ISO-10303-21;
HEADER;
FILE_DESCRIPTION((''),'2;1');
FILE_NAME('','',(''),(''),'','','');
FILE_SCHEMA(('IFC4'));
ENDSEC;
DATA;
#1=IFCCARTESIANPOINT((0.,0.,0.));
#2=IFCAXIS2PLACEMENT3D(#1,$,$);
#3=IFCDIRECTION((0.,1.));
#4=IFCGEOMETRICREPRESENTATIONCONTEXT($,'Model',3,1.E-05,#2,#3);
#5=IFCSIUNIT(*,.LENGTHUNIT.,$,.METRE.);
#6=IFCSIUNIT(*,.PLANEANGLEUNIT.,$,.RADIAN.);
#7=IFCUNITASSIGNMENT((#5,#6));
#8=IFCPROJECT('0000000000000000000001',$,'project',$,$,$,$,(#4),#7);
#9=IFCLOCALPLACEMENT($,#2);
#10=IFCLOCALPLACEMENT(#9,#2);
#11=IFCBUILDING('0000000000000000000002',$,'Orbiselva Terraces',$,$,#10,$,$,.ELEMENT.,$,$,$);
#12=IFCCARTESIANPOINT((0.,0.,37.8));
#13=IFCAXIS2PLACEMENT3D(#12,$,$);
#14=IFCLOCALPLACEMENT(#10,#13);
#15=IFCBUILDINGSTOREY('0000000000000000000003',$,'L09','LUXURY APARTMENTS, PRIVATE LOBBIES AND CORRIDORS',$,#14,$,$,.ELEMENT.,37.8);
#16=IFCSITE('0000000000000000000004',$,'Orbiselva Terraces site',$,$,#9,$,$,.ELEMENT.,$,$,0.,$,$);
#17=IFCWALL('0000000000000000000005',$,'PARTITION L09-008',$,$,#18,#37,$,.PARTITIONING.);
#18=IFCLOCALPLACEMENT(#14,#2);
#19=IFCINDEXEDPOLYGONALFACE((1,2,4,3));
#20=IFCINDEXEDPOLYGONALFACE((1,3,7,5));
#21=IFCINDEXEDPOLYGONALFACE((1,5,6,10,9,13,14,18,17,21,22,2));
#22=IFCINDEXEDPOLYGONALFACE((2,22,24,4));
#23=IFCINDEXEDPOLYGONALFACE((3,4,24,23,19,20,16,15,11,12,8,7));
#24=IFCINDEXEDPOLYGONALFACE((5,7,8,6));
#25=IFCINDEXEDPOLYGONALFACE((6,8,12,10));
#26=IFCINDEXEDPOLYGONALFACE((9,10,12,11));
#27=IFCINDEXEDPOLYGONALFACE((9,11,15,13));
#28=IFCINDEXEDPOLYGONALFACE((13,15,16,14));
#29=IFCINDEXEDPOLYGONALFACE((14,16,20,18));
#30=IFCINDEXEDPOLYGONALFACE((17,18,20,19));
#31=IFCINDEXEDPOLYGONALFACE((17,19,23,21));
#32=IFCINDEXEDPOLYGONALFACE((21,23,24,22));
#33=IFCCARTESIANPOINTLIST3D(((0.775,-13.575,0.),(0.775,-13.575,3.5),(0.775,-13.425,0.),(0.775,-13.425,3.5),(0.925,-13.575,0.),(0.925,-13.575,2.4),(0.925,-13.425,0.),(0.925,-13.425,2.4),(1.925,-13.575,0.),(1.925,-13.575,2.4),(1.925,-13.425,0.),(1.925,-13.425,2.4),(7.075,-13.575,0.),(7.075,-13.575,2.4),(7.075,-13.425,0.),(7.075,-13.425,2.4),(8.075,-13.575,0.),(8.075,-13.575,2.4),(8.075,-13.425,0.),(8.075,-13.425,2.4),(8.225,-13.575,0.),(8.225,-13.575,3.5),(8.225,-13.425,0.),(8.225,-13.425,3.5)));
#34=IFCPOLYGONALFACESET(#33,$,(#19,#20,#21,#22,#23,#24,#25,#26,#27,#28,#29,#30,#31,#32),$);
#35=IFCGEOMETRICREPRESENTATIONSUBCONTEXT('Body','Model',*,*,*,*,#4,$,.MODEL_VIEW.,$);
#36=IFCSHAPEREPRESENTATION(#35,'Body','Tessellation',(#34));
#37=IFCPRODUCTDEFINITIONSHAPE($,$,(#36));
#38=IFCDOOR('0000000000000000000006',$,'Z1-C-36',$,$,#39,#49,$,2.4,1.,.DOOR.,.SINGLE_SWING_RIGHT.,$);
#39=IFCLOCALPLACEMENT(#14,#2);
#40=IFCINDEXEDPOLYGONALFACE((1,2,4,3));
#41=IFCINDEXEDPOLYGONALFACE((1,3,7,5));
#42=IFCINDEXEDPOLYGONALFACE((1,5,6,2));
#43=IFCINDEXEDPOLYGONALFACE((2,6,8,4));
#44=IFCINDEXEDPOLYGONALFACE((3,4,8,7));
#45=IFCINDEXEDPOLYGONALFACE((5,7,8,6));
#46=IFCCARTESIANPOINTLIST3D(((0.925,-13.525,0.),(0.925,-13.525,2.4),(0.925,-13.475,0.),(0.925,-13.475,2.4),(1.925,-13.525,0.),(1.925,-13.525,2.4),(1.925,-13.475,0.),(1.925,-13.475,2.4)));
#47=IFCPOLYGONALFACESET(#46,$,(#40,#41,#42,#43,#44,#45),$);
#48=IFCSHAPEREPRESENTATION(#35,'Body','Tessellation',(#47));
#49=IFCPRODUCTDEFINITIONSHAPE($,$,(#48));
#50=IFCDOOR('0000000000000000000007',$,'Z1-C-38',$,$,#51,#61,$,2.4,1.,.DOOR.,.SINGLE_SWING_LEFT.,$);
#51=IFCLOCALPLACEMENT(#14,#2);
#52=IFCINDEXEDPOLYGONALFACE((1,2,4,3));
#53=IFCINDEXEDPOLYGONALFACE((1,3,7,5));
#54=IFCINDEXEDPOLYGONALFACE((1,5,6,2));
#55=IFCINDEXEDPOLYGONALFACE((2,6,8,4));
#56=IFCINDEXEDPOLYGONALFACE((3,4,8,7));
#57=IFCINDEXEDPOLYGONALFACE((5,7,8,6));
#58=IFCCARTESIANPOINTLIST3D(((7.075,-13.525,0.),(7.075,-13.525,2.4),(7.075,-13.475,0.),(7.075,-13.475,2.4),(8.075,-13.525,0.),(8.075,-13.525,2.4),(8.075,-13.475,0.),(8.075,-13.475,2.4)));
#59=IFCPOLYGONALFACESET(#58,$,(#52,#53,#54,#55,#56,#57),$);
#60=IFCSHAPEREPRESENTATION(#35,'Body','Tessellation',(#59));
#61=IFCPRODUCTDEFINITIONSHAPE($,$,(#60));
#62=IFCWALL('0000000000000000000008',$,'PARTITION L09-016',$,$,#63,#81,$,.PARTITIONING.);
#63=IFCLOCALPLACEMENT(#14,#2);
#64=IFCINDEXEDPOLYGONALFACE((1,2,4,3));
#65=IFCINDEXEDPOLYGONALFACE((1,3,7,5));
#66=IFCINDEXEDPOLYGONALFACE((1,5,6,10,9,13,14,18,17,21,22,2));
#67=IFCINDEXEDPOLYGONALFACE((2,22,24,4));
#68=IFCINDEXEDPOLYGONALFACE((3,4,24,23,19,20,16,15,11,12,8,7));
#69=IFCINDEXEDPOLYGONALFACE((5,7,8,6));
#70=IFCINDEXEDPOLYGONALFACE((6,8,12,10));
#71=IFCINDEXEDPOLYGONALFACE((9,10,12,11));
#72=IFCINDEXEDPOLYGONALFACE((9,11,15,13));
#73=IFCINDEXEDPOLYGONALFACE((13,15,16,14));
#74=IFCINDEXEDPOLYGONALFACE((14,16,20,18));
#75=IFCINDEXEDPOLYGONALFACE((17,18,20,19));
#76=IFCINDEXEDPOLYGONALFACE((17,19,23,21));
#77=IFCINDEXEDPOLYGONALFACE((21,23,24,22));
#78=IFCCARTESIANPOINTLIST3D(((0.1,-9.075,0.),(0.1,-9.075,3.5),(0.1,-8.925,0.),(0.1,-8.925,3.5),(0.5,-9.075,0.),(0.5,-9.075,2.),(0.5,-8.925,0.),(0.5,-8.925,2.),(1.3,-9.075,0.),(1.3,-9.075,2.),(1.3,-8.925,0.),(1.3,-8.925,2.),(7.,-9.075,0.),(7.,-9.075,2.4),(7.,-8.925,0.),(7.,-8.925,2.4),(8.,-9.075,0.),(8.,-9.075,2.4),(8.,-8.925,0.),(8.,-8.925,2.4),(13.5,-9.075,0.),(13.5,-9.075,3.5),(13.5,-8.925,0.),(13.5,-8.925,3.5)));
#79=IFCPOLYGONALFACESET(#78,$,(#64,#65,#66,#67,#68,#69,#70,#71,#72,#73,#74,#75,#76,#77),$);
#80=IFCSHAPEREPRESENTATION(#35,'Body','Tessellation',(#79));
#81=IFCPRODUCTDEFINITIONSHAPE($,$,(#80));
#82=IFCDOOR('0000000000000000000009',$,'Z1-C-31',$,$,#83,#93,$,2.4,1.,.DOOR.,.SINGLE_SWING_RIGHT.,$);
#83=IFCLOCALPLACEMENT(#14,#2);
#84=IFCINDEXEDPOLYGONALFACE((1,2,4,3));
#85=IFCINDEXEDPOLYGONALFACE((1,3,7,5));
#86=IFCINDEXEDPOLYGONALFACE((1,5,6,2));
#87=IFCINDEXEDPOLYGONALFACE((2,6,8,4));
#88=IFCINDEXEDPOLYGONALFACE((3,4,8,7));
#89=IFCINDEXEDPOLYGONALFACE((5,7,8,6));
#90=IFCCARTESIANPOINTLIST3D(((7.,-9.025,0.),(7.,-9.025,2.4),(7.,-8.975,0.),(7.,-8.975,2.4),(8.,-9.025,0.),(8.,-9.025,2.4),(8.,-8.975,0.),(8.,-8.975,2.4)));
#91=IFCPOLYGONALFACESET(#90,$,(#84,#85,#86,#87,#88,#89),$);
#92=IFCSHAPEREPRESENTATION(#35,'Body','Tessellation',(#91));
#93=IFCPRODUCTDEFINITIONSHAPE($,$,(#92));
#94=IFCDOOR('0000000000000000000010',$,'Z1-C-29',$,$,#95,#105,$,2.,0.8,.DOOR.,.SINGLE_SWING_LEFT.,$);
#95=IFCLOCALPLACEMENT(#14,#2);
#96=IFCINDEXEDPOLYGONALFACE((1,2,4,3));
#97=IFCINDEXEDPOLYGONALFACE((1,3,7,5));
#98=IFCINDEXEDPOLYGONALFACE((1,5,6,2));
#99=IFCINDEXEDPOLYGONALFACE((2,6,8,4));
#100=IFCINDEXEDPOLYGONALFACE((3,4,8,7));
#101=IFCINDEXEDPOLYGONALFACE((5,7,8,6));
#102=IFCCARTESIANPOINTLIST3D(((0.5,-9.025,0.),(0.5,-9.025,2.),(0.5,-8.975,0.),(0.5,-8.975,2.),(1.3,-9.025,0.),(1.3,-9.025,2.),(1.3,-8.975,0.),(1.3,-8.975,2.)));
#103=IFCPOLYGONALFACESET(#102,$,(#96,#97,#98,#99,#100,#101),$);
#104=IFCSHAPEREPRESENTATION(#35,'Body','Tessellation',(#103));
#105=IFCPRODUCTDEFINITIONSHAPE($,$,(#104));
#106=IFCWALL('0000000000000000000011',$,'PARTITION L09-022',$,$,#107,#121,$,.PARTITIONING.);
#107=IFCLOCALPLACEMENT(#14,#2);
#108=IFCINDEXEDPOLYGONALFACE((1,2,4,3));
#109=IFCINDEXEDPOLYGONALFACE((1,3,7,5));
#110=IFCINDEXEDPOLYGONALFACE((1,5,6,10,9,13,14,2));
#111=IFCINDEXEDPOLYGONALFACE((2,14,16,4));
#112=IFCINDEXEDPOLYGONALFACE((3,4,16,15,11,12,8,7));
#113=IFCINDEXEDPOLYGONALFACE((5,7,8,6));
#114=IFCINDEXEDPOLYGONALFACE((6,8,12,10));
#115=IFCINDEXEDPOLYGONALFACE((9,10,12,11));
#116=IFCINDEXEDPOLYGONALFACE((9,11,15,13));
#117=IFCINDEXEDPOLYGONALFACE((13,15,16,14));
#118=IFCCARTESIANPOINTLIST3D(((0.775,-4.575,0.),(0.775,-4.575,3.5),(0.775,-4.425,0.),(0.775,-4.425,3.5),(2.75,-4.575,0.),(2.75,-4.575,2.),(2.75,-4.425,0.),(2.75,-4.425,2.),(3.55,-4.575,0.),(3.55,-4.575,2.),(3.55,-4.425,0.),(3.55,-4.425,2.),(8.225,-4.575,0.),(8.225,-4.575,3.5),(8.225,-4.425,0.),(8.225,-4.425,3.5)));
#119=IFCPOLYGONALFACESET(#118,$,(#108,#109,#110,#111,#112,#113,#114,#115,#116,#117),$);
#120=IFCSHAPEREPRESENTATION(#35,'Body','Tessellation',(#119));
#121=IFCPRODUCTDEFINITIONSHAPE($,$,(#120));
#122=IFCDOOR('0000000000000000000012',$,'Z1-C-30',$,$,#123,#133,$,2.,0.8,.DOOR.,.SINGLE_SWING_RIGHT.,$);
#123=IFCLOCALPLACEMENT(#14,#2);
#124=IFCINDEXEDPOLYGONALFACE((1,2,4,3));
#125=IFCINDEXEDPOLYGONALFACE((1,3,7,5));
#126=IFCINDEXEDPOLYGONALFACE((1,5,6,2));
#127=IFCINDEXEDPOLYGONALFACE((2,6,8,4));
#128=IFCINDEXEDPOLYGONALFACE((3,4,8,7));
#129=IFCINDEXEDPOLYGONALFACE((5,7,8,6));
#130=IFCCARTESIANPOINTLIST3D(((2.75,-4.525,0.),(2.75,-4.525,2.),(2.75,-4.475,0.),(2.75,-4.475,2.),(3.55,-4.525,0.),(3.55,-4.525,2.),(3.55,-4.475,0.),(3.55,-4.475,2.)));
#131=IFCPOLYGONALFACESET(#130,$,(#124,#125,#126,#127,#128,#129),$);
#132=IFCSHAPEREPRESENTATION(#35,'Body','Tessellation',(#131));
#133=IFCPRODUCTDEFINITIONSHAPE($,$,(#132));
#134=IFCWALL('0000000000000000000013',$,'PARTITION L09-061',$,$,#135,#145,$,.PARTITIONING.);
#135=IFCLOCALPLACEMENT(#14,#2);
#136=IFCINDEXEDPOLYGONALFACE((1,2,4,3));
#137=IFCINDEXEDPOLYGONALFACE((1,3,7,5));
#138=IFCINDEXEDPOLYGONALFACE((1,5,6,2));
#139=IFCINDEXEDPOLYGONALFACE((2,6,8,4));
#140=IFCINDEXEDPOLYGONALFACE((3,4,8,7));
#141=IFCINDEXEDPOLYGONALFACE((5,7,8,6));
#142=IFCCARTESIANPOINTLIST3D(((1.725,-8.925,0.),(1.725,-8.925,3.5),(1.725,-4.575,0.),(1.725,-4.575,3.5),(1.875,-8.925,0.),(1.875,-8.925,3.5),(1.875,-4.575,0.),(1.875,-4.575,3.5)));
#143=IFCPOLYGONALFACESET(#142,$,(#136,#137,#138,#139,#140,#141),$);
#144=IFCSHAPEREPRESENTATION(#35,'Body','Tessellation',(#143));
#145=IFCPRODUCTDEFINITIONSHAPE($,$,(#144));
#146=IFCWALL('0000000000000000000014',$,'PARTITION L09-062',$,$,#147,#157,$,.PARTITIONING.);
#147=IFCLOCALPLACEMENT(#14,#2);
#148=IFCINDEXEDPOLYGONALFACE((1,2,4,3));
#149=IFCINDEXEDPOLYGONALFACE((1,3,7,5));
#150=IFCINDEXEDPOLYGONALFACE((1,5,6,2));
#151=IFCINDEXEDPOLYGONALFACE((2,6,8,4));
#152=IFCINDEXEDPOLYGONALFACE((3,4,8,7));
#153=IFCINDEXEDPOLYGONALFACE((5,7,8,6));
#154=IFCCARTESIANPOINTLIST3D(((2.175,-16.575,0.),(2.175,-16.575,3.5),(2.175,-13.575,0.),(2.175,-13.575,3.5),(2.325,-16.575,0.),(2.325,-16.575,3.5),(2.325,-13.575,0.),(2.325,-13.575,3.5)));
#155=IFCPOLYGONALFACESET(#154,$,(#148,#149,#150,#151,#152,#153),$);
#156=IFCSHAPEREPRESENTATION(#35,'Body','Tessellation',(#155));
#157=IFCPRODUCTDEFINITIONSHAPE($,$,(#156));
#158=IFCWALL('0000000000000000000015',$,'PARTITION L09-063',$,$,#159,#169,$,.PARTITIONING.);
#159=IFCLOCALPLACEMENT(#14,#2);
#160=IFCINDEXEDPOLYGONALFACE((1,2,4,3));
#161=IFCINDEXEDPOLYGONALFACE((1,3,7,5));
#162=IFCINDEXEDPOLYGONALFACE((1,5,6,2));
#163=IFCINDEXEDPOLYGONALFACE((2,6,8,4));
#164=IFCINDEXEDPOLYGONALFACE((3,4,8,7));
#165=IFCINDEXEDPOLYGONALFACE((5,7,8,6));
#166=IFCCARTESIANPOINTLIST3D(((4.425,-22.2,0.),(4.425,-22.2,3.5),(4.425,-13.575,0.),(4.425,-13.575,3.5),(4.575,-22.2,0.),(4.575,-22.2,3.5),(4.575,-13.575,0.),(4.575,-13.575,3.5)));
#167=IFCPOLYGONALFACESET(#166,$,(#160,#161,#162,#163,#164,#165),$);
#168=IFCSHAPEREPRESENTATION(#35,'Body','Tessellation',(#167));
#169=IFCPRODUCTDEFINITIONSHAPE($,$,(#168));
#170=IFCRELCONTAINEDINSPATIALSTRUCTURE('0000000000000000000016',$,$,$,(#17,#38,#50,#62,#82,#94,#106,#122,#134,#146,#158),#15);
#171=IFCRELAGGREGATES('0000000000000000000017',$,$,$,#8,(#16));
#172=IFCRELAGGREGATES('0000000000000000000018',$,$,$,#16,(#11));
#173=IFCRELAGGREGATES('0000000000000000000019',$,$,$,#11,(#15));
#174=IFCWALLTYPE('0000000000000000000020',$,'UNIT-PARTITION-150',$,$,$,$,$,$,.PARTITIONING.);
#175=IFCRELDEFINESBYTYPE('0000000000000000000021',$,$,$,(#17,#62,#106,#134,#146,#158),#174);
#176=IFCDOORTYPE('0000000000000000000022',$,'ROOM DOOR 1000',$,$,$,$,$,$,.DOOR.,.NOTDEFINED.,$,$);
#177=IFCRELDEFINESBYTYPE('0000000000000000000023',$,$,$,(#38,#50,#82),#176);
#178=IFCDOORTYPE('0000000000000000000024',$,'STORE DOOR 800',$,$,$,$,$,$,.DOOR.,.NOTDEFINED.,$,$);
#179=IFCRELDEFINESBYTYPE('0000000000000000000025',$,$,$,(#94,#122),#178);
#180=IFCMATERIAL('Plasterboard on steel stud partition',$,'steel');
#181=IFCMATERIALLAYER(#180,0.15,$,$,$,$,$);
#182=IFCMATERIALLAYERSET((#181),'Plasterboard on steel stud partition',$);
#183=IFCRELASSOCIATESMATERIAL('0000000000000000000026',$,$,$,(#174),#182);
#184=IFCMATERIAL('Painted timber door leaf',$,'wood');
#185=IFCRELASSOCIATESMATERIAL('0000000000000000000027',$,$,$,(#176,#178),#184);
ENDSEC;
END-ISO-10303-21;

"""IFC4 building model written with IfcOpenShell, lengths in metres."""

from ifc_helpers import new_model, si_unit, direction, frame, frame_2d, origin, place, context, subcontext, project, spatial, rectangle, extrude, material, layer, layer_set, type_object, element, fill, save


model = new_model("IFC4")

# Units and contexts
model_context = context("Model", 3, precision=1e-05, world=origin(), true_north=direction((0.0, 1.0)))
body_context = subcontext(model_context, "Body", "Model", "MODEL_VIEW")
ifc_project = project(units=[si_unit("LENGTHUNIT", "METRE"), si_unit("PLANEANGLEUNIT", "RADIAN")], contexts=[model_context])

# Site, building, storey
site_placement = place(None, origin())
site = spatial("IfcSite", under=ifc_project, at=site_placement, Name="Orbiselva Terraces site", CompositionType="ELEMENT", RefElevation=0.0)
building_placement = place(site_placement, origin())
building = spatial("IfcBuilding", under=site, at=building_placement, Name="Orbiselva Terraces", CompositionType="ELEMENT")
storey_placement = place(building_placement, frame((0.0, 0.0, 37.8)))
storey = spatial("IfcBuildingStorey", under=building, at=storey_placement, Name="L09", Description="LUXURY APARTMENTS, PRIVATE LOBBIES AND CORRIDORS", CompositionType="ELEMENT", Elevation=37.8)

# Shared definitions
ifc_material_1 = material(Name="Plasterboard on steel stud partition", Category="steel")

# Shared definitions
ifc_layer_1 = layer(ifc_material_1, 0.15)
ifc_layer_set_1 = layer_set([ifc_layer_1], Name="Plasterboard on steel stud partition")
wall_type_1 = type_object("IfcWallType", Name="UNIT-PARTITION-150", PredefinedType="PARTITIONING", material=ifc_layer_set_1)
ifc_material_2 = material(Name="Painted timber door leaf", Category="wood")

# Walls, openings, doors
wall_1_placement = place(storey_placement, frame((8.225, -13.5, 0.0), z_axis=(0.0, 0.0, 1.0), x_axis=(-1.0, 0.0, 0.0)))
wall_1 = element("IfcWall", 1, at=wall_1_placement, inside=storey, type_object=wall_type_1, Name="PARTITION L09-008", PredefinedType="PARTITIONING", context=body_context, shape_type="SweptSolid", body=[
    extrude(rectangle(XDim=7.45, YDim=0.15, at=frame_2d((3.725, 0.0))), origin(), (0.0, 0.0, 1.0), 3.5),
])
opening_1_placement = place(wall_1_placement, frame((6.3, 0.0, 0.0)))
opening_1 = element("IfcOpeningElement", 2, at=opening_1_placement, cuts=wall_1, PredefinedType="OPENING", context=body_context, shape_type="SweptSolid", body=[
    extrude(rectangle(XDim=1.0, YDim=2.4, at=frame_2d((0.5, 1.2))), frame((0.0, 0.085, 0.0), z_axis=(0.0, -1.0, 0.0), x_axis=(1.0, 0.0, 0.0)), (0.0, 0.0, 1.0), 0.17),
])
opening_2_placement = place(wall_1_placement, frame((0.15, 0.0, 0.0)))
opening_2 = element("IfcOpeningElement", 3, at=opening_2_placement, cuts=wall_1, PredefinedType="OPENING", context=body_context, shape_type="SweptSolid", body=[
    extrude(rectangle(XDim=1.0, YDim=2.4, at=frame_2d((0.5, 1.2))), frame((0.0, 0.085, 0.0), z_axis=(0.0, -1.0, 0.0), x_axis=(1.0, 0.0, 0.0)), (0.0, 0.0, 1.0), 0.17),
])
door_type_1 = type_object("IfcDoorType", Name="ROOM DOOR 1000", OperationType="NOTDEFINED", PredefinedType="DOOR", material=ifc_material_2)
door_1_placement = place(opening_1_placement, origin())
door_1 = element("IfcDoor", 4, at=door_1_placement, inside=storey, type_object=door_type_1, Name="Z1-C-36", OperationType="SINGLE_SWING_RIGHT", OverallHeight=2.4, OverallWidth=1.0, PredefinedType="DOOR", context=body_context, shape_type="SweptSolid", body=[
    extrude(rectangle(XDim=1.0, YDim=2.4, at=frame_2d((0.5, 1.2))), frame((0.0, 0.025, 0.0), z_axis=(0.0, -1.0, 0.0), x_axis=(1.0, 0.0, 0.0)), (0.0, 0.0, 1.0), 0.05),
])
fill(opening_1, door_1)
door_2_placement = place(opening_2_placement, origin())
door_2 = element("IfcDoor", 5, at=door_2_placement, inside=storey, type_object=door_type_1, Name="Z1-C-38", OperationType="SINGLE_SWING_LEFT", OverallHeight=2.4, OverallWidth=1.0, PredefinedType="DOOR", context=body_context, shape_type="SweptSolid", body=[
    extrude(rectangle(XDim=1.0, YDim=2.4, at=frame_2d((0.5, 1.2))), frame((0.0, 0.025, 0.0), z_axis=(0.0, -1.0, 0.0), x_axis=(1.0, 0.0, 0.0)), (0.0, 0.0, 1.0), 0.05),
])
fill(opening_2, door_2)
wall_2_placement = place(storey_placement, frame((0.1, -9.0, 0.0), z_axis=(0.0, 0.0, 1.0), x_axis=(1.0, 0.0, 0.0)))
wall_2 = element("IfcWall", 6, at=wall_2_placement, inside=storey, type_object=wall_type_1, Name="PARTITION L09-016", PredefinedType="PARTITIONING", context=body_context, shape_type="SweptSolid", body=[
    extrude(rectangle(XDim=13.4, YDim=0.15, at=frame_2d((6.7, 0.0))), origin(), (0.0, 0.0, 1.0), 3.5),
])
opening_3_placement = place(wall_2_placement, frame((0.4, 0.0, 0.0)))
opening_3 = element("IfcOpeningElement", 7, at=opening_3_placement, cuts=wall_2, PredefinedType="OPENING", context=body_context, shape_type="SweptSolid", body=[
    extrude(rectangle(XDim=0.8, YDim=2.0, at=frame_2d((0.4, 1.0))), frame((0.0, 0.085, 0.0), z_axis=(0.0, -1.0, 0.0), x_axis=(1.0, 0.0, 0.0)), (0.0, 0.0, 1.0), 0.17),
])
opening_4_placement = place(wall_2_placement, frame((6.9, 0.0, 0.0)))
opening_4 = element("IfcOpeningElement", 8, at=opening_4_placement, cuts=wall_2, PredefinedType="OPENING", context=body_context, shape_type="SweptSolid", body=[
    extrude(rectangle(XDim=1.0, YDim=2.4, at=frame_2d((0.5, 1.2))), frame((0.0, 0.085, 0.0), z_axis=(0.0, -1.0, 0.0), x_axis=(1.0, 0.0, 0.0)), (0.0, 0.0, 1.0), 0.17),
])
door_3_placement = place(opening_4_placement, origin())
door_3 = element("IfcDoor", 9, at=door_3_placement, inside=storey, type_object=door_type_1, Name="Z1-C-31", OperationType="SINGLE_SWING_RIGHT", OverallHeight=2.4, OverallWidth=1.0, PredefinedType="DOOR", context=body_context, shape_type="SweptSolid", body=[
    extrude(rectangle(XDim=1.0, YDim=2.4, at=frame_2d((0.5, 1.2))), frame((0.0, 0.025, 0.0), z_axis=(0.0, -1.0, 0.0), x_axis=(1.0, 0.0, 0.0)), (0.0, 0.0, 1.0), 0.05),
])
fill(opening_4, door_3)
door_type_2 = type_object("IfcDoorType", Name="STORE DOOR 800", OperationType="NOTDEFINED", PredefinedType="DOOR", material=ifc_material_2)
door_4_placement = place(opening_3_placement, origin())
door_4 = element("IfcDoor", 10, at=door_4_placement, inside=storey, type_object=door_type_2, Name="Z1-C-29", OperationType="SINGLE_SWING_LEFT", OverallHeight=2.0, OverallWidth=0.8, PredefinedType="DOOR", context=body_context, shape_type="SweptSolid", body=[
    extrude(rectangle(XDim=0.8, YDim=2.0, at=frame_2d((0.4, 1.0))), frame((0.0, 0.025, 0.0), z_axis=(0.0, -1.0, 0.0), x_axis=(1.0, 0.0, 0.0)), (0.0, 0.0, 1.0), 0.05),
])
fill(opening_3, door_4)

# Wall, opening, door
wall_3_placement = place(storey_placement, frame((8.225, -4.5, 0.0), z_axis=(0.0, 0.0, 1.0), x_axis=(-1.0, 0.0, 0.0)))
wall_3 = element("IfcWall", 11, at=wall_3_placement, inside=storey, type_object=wall_type_1, Name="PARTITION L09-022", PredefinedType="PARTITIONING", context=body_context, shape_type="SweptSolid", body=[
    extrude(rectangle(XDim=7.45, YDim=0.15, at=frame_2d((3.725, 0.0))), origin(), (0.0, 0.0, 1.0), 3.5),
])
opening_5_placement = place(wall_3_placement, frame((4.675, 0.0, 0.0)))
opening_5 = element("IfcOpeningElement", 12, at=opening_5_placement, cuts=wall_3, PredefinedType="OPENING", context=body_context, shape_type="SweptSolid", body=[
    extrude(rectangle(XDim=0.8, YDim=2.0, at=frame_2d((0.4, 1.0))), frame((0.0, 0.085, 0.0), z_axis=(0.0, -1.0, 0.0), x_axis=(1.0, 0.0, 0.0)), (0.0, 0.0, 1.0), 0.17),
])
door_5_placement = place(opening_5_placement, origin())
door_5 = element("IfcDoor", 13, at=door_5_placement, inside=storey, type_object=door_type_2, Name="Z1-C-30", OperationType="SINGLE_SWING_RIGHT", OverallHeight=2.0, OverallWidth=0.8, PredefinedType="DOOR", context=body_context, shape_type="SweptSolid", body=[
    extrude(rectangle(XDim=0.8, YDim=2.0, at=frame_2d((0.4, 1.0))), frame((0.0, 0.025, 0.0), z_axis=(0.0, -1.0, 0.0), x_axis=(1.0, 0.0, 0.0)), (0.0, 0.0, 1.0), 0.05),
])
fill(opening_5, door_5)

# Walls
wall_4_placement = place(storey_placement, frame((1.8, -8.925, 0.0), z_axis=(0.0, 0.0, 1.0), x_axis=(0.0, 1.0, 0.0)))
element("IfcWall", 14, at=wall_4_placement, inside=storey, type_object=wall_type_1, Name="PARTITION L09-061", PredefinedType="PARTITIONING", context=body_context, shape_type="SweptSolid", body=[
    extrude(rectangle(XDim=4.35, YDim=0.15, at=frame_2d((2.175, 0.0))), origin(), (0.0, 0.0, 1.0), 3.5),
])
wall_5_placement = place(storey_placement, frame((2.25, -16.575, 0.0), z_axis=(0.0, 0.0, 1.0), x_axis=(0.0, 1.0, 0.0)))
element("IfcWall", 15, at=wall_5_placement, inside=storey, type_object=wall_type_1, Name="PARTITION L09-062", PredefinedType="PARTITIONING", context=body_context, shape_type="SweptSolid", body=[
    extrude(rectangle(XDim=3.0, YDim=0.15, at=frame_2d((1.5, 0.0))), origin(), (0.0, 0.0, 1.0), 3.5),
])
wall_6_placement = place(storey_placement, frame((4.5, -22.2, 0.0), z_axis=(0.0, 0.0, 1.0), x_axis=(0.0, 1.0, 0.0)))
element("IfcWall", 16, at=wall_6_placement, inside=storey, type_object=wall_type_1, Name="PARTITION L09-063", PredefinedType="PARTITIONING", context=body_context, shape_type="SweptSolid", body=[
    extrude(rectangle(XDim=8.625, YDim=0.15, at=frame_2d((4.3125, 0.0))), origin(), (0.0, 0.0, 1.0), 3.5),
])

save(model, "model.ifc")
